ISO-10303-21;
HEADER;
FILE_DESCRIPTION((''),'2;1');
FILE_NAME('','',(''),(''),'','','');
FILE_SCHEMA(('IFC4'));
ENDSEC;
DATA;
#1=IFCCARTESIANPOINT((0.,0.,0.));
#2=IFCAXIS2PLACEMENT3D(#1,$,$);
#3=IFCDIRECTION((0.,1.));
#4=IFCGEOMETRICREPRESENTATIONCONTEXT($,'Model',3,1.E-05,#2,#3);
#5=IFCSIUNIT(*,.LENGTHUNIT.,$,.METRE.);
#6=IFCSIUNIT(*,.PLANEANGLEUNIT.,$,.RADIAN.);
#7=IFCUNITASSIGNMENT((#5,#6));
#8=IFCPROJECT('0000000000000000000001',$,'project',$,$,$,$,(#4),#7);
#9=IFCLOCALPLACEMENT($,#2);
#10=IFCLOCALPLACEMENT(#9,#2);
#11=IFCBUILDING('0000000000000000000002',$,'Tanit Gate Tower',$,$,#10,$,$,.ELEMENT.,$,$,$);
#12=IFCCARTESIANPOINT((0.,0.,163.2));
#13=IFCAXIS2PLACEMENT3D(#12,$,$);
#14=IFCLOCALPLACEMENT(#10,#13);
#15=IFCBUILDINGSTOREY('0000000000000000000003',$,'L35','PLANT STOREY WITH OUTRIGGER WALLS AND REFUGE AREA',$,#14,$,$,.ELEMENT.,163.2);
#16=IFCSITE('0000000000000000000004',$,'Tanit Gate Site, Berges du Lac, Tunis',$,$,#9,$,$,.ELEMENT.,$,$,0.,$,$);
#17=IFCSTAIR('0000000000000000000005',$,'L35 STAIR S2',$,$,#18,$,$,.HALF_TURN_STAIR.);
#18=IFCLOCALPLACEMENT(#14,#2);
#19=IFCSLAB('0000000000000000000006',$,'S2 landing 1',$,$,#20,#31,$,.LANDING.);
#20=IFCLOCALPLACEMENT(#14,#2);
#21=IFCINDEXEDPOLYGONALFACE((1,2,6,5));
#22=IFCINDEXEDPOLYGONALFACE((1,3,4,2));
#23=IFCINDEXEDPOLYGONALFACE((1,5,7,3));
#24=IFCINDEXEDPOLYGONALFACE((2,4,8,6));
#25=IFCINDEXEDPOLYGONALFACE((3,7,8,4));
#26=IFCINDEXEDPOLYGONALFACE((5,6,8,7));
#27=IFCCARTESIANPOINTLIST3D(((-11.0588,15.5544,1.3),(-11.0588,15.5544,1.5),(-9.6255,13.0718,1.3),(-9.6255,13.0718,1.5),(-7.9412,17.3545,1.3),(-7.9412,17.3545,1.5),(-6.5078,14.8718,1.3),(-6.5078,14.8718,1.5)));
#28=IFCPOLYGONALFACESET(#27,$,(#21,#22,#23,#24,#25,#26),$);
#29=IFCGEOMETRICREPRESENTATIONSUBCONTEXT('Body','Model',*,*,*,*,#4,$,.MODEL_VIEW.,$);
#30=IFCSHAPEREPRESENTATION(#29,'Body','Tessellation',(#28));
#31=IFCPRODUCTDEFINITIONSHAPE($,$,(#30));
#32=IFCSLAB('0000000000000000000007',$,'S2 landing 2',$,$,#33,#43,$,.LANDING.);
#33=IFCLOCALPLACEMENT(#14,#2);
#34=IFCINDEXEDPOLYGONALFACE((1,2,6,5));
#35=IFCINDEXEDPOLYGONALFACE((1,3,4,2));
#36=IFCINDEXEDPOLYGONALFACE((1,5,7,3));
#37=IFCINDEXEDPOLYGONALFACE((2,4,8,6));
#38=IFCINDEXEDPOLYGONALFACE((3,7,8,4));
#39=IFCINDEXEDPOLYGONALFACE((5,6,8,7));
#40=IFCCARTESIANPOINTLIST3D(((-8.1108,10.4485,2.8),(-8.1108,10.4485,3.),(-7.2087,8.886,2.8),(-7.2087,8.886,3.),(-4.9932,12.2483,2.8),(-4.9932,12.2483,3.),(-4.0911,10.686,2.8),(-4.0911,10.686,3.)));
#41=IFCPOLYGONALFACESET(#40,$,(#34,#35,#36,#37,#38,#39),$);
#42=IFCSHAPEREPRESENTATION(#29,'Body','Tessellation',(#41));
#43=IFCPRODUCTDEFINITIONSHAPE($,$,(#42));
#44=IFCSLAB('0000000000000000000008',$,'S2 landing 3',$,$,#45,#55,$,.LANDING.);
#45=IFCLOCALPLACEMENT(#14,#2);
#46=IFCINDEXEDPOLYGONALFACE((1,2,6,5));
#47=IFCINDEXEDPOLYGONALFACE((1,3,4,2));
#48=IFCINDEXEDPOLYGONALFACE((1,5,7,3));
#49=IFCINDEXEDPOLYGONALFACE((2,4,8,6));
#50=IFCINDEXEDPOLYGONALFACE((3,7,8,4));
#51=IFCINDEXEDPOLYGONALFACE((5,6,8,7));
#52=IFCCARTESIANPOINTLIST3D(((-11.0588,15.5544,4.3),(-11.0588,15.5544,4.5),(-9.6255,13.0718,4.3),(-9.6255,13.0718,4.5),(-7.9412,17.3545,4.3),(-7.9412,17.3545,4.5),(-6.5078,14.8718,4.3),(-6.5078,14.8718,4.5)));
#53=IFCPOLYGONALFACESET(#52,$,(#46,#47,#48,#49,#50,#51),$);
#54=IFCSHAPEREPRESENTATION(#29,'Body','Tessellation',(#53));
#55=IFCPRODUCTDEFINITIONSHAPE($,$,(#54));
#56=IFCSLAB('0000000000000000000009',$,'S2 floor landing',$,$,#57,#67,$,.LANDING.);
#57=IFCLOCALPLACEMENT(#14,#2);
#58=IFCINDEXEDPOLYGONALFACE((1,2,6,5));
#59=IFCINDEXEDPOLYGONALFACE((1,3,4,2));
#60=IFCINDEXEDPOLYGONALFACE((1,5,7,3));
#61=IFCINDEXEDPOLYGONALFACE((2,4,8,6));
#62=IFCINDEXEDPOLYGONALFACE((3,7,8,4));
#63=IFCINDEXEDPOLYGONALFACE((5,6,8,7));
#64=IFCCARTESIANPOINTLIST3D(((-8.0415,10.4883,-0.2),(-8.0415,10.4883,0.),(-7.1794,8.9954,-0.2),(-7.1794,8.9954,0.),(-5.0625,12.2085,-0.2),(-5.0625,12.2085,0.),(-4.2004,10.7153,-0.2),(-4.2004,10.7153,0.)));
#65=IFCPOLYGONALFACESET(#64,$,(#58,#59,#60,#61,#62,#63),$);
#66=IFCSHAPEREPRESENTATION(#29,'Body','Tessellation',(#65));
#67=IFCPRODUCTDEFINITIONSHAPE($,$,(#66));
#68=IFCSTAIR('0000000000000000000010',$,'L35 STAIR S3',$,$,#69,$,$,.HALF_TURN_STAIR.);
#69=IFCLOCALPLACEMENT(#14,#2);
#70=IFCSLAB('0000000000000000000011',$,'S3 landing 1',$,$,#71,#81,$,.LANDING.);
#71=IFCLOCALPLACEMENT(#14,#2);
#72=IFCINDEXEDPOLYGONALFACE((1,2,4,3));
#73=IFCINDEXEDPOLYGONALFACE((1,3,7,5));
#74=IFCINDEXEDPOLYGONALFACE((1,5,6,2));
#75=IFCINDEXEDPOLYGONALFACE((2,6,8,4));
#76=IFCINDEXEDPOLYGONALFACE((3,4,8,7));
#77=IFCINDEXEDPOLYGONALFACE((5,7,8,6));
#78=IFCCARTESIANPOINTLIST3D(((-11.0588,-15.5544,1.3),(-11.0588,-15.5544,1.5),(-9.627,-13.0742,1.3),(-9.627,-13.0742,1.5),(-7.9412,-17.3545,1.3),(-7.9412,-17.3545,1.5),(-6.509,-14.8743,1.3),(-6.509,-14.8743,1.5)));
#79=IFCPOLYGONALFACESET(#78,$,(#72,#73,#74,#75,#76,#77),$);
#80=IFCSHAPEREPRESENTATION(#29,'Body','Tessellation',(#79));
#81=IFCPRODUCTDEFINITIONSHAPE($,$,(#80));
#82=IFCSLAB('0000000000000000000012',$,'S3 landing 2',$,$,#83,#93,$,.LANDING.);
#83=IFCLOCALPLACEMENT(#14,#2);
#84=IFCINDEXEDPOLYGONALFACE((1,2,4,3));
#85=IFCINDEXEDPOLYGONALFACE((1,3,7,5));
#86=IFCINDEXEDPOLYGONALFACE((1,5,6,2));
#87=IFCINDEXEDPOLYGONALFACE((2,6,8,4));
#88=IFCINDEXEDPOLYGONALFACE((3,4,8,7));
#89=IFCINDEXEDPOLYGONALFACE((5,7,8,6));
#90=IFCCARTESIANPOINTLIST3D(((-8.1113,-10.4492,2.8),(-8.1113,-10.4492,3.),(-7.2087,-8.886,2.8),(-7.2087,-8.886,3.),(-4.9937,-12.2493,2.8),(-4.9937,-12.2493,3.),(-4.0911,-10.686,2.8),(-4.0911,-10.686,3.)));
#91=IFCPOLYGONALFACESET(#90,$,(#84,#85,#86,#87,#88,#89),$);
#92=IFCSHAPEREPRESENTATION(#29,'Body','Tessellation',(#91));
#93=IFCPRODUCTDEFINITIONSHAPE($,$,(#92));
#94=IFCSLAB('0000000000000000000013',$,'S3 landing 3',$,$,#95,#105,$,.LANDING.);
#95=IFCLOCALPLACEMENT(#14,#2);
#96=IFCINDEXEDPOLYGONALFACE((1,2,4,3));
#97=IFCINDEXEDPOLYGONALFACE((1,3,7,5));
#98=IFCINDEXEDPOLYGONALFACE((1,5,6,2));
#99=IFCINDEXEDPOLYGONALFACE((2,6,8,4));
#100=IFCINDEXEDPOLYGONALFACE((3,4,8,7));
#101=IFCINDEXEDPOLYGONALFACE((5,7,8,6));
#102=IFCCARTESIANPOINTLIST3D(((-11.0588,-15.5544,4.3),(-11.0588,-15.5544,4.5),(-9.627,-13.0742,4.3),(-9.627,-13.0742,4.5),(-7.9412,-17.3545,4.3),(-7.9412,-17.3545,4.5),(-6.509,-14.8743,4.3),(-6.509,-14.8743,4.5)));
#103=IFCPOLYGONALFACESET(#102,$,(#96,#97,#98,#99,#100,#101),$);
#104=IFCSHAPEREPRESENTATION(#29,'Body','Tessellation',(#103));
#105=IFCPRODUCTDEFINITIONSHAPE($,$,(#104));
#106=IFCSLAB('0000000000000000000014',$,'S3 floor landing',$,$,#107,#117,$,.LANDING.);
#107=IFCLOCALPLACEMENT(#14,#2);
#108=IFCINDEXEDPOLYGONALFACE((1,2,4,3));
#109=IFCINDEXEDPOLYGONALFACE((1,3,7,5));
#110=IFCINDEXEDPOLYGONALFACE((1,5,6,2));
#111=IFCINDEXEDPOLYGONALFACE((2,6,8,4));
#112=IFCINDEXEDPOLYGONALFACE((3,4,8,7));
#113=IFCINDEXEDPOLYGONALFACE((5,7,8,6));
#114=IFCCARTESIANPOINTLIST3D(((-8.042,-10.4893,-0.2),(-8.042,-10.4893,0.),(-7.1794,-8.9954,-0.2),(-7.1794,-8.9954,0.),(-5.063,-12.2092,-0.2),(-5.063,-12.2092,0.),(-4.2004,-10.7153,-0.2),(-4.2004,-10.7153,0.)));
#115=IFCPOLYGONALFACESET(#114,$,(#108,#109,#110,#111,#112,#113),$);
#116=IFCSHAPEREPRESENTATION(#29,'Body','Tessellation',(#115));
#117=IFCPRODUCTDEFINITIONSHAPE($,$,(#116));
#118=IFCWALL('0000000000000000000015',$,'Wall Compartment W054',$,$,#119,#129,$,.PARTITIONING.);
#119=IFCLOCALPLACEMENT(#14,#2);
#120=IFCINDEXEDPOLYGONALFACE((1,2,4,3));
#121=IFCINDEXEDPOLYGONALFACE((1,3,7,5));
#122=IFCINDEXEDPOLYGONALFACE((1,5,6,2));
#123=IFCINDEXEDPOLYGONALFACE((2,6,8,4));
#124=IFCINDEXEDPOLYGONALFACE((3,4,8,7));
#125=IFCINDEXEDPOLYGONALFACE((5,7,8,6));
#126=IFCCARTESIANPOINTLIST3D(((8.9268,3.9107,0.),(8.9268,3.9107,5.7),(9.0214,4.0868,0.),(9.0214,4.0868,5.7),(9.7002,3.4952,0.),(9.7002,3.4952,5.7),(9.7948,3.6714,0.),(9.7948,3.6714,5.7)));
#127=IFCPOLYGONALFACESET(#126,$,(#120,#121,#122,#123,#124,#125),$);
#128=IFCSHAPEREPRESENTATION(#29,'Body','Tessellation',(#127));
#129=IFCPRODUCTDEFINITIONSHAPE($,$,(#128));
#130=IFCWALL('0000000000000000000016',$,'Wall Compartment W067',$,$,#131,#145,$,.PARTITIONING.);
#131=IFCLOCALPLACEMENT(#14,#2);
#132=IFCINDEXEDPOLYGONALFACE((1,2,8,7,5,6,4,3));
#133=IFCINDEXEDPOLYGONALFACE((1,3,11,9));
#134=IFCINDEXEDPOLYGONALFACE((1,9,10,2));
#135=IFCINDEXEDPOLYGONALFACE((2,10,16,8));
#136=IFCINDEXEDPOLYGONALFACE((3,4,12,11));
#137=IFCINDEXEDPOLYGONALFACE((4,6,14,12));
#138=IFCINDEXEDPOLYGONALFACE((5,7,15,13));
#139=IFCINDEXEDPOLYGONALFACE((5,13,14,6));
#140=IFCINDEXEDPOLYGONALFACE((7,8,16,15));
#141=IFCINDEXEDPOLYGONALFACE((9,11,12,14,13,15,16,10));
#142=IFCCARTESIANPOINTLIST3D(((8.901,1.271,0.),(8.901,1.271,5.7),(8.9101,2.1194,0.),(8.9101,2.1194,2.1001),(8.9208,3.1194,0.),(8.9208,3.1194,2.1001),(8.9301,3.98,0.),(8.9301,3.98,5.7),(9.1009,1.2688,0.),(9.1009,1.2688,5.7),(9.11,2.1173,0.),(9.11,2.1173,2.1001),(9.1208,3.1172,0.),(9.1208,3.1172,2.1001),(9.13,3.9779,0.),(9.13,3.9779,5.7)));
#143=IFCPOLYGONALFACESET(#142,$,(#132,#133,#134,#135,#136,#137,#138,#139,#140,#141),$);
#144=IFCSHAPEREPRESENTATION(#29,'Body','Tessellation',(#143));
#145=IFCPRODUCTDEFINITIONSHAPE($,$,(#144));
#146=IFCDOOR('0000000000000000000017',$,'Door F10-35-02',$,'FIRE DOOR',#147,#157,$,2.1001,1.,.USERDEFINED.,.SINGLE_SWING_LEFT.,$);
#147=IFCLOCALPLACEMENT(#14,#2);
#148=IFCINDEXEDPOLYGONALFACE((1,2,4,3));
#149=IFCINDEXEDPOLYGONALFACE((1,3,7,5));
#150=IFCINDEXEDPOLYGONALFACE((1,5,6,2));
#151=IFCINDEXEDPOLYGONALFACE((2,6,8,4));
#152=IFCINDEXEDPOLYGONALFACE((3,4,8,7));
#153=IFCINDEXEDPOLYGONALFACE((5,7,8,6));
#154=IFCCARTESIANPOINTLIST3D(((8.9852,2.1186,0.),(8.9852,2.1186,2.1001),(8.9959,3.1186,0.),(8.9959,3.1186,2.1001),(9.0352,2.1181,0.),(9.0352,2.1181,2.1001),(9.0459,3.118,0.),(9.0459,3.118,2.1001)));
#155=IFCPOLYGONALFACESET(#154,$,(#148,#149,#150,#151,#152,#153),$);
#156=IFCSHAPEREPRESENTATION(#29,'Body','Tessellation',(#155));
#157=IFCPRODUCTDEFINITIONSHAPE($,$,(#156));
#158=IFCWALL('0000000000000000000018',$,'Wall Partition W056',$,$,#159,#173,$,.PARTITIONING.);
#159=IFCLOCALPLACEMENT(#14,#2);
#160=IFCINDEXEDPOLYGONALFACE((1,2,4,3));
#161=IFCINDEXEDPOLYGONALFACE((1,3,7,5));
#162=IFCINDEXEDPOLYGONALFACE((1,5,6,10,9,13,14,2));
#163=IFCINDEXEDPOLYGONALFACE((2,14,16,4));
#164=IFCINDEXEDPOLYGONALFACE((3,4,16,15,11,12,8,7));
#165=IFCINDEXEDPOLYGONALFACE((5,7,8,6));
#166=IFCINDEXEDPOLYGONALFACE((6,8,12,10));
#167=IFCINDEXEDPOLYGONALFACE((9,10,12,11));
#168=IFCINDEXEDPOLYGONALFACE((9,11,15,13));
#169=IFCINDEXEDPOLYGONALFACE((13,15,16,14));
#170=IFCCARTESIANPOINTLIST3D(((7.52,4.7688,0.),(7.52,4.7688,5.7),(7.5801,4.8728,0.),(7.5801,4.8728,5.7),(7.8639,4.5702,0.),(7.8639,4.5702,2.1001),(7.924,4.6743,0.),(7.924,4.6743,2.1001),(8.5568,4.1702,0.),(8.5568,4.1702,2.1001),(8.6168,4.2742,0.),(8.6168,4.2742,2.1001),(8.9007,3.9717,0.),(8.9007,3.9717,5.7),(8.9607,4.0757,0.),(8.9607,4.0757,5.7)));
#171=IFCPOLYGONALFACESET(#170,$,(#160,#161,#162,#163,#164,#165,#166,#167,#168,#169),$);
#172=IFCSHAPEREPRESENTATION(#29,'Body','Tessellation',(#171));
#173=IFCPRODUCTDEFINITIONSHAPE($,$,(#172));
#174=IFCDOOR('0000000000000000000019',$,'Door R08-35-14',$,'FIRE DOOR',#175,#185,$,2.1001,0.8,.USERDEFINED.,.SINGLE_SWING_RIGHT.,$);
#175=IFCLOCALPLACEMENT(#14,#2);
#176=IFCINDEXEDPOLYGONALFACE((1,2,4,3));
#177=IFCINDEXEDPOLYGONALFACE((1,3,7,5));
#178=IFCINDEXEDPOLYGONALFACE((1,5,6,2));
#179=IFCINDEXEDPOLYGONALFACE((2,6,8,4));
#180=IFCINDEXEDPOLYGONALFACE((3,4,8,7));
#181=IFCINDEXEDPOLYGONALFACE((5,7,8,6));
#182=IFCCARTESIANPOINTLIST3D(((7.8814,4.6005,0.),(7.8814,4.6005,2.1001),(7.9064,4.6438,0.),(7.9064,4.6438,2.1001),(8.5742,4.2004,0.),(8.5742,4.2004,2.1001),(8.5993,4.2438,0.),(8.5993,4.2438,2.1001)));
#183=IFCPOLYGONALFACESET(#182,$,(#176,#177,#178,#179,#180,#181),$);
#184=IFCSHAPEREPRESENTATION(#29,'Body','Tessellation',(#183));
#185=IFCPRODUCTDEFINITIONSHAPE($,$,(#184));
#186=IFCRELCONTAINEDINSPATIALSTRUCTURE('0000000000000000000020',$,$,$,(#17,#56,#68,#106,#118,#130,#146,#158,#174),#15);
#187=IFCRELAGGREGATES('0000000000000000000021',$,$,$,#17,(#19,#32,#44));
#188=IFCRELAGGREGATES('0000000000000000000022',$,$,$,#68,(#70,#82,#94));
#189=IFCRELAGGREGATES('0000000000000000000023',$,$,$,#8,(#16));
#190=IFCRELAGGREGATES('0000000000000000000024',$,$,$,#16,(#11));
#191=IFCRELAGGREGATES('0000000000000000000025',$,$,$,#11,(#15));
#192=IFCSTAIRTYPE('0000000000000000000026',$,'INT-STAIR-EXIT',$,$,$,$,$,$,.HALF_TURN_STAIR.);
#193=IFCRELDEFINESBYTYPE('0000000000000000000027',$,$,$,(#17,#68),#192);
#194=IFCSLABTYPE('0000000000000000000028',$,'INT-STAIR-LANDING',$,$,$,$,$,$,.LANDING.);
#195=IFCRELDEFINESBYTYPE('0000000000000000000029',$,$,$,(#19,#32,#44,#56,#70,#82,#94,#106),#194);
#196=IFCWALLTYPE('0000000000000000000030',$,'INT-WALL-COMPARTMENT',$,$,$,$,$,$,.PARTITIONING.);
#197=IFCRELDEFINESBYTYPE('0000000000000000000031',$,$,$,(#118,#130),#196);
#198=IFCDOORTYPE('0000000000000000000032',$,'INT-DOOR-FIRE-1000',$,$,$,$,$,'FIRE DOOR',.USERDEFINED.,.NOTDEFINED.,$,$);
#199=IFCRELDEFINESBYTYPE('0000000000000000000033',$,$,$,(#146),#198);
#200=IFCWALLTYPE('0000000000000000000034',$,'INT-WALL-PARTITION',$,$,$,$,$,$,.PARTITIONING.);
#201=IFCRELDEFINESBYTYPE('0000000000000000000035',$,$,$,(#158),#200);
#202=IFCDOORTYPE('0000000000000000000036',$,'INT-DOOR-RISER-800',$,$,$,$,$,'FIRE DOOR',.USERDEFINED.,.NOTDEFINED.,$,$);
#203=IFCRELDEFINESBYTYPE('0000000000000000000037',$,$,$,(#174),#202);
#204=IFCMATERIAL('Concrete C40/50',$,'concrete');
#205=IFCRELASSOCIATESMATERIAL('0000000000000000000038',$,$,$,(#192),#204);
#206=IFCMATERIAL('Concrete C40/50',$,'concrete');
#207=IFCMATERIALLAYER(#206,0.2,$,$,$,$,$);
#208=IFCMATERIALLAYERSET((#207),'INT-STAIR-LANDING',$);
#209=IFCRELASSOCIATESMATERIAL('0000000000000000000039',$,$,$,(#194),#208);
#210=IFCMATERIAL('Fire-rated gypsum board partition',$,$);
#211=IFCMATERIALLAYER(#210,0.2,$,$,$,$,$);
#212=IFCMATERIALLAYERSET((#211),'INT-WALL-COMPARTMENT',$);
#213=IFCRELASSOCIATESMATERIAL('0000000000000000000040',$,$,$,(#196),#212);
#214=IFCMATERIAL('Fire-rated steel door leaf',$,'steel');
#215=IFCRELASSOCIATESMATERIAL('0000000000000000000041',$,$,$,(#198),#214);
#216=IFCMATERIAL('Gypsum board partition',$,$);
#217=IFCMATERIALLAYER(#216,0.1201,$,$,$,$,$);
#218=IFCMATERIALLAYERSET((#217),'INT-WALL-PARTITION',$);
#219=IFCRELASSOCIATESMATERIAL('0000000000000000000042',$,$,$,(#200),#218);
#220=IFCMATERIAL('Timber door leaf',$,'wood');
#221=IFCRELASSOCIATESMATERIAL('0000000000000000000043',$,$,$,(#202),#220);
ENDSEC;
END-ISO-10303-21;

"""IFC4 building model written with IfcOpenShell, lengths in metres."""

from ifc_helpers import new_model, si_unit, direction, frame, frame_2d, origin, place, context, subcontext, project, spatial, polyline, rectangle, outline, extrude, material, layer, layer_set, type_object, element, fill, aggregate, save


model = new_model("IFC4")

# Units and contexts
model_context = context("Model", 3, precision=1e-05, world=origin(), true_north=direction((0.0, 1.0)))
body_context = subcontext(model_context, "Body", "Model", "MODEL_VIEW")
ifc_project = project(units=[si_unit("LENGTHUNIT", "METRE"), si_unit("PLANEANGLEUNIT", "RADIAN")], contexts=[model_context])

# Site, building, storey
site_placement = place(None, origin())
site = spatial("IfcSite", under=ifc_project, at=site_placement, Name="Tanit Gate Site, Berges du Lac, Tunis", CompositionType="ELEMENT", RefElevation=0.0)
building_placement = place(site_placement, origin())
building = spatial("IfcBuilding", under=site, at=building_placement, Name="Tanit Gate Tower", CompositionType="ELEMENT")
storey_placement = place(building_placement, frame((0.0, 0.0, 163.2)))
storey = spatial("IfcBuildingStorey", under=building, at=storey_placement, Name="L35", Description="PLANT STOREY WITH OUTRIGGER WALLS AND REFUGE AREA", CompositionType="ELEMENT", Elevation=163.2)

# Stair, slabs
ifc_material_1 = material(Name="Concrete C40/50", Category="concrete")
stair_type = type_object("IfcStairType", Name="INT-STAIR-EXIT", PredefinedType="HALF_TURN_STAIR", material=ifc_material_1)
stair_1_placement = place(storey_placement, origin())
stair_1 = element("IfcStair", 1, at=stair_1_placement, inside=storey, type_object=stair_type, Name="L35 STAIR S2", PredefinedType="HALF_TURN_STAIR")
ifc_material_2 = material(Name="Concrete C40/50", Category="concrete")
ifc_layer_1 = layer(ifc_material_2, 0.2)
ifc_layer_set_1 = layer_set([ifc_layer_1], Name="INT-STAIR-LANDING")
slab_type = type_object("IfcSlabType", Name="INT-STAIR-LANDING", PredefinedType="LANDING", material=ifc_layer_set_1)
slab_1_placement = place(storey_placement, frame((0.0, 0.0, 1.3)))
slab_1 = element("IfcSlab", 2, at=slab_1_placement, type_object=slab_type, Name="S2 landing 1", PredefinedType="LANDING", context=body_context, shape_type="SweptSolid", body=[
    extrude(outline(polyline([(-6.5078, 14.8718), (-7.9412, 17.3545), (-11.0588, 15.5544), (-9.6255, 13.0718), (-6.5078, 14.8718)])), origin(), (0.0, 0.0, 1.0), 0.2),
])
slab_2_placement = place(storey_placement, frame((0.0, 0.0, 2.8)))
slab_2 = element("IfcSlab", 3, at=slab_2_placement, type_object=slab_type, Name="S2 landing 2", PredefinedType="LANDING", context=body_context, shape_type="SweptSolid", body=[
    extrude(outline(polyline([(-4.0911, 10.686), (-4.9932, 12.2483), (-8.1108, 10.4485), (-7.2087, 8.886), (-4.0911, 10.686)])), origin(), (0.0, 0.0, 1.0), 0.2),
])
slab_3_placement = place(storey_placement, frame((0.0, 0.0, 4.3)))
slab_3 = element("IfcSlab", 4, at=slab_3_placement, type_object=slab_type, Name="S2 landing 3", PredefinedType="LANDING", context=body_context, shape_type="SweptSolid", body=[
    extrude(outline(polyline([(-6.5078, 14.8718), (-7.9412, 17.3545), (-11.0588, 15.5544), (-9.6255, 13.0718), (-6.5078, 14.8718)])), origin(), (0.0, 0.0, 1.0), 0.2),
])
aggregate(stair_1, [slab_1, slab_2, slab_3])

# Slab
slab_4_placement = place(storey_placement, frame((0.0, 0.0, -0.2)))
element("IfcSlab", 5, at=slab_4_placement, inside=storey, type_object=slab_type, Name="S2 floor landing", PredefinedType="LANDING", context=body_context, shape_type="SweptSolid", body=[
    extrude(outline(polyline([(-4.2004, 10.7153), (-5.0625, 12.2085), (-8.0415, 10.4883), (-7.1794, 8.9954), (-4.2004, 10.7153)])), origin(), (0.0, 0.0, 1.0), 0.2),
])

# Stair, slabs
stair_2_placement = place(storey_placement, origin())
stair_2 = element("IfcStair", 6, at=stair_2_placement, inside=storey, type_object=stair_type, Name="L35 STAIR S3", PredefinedType="HALF_TURN_STAIR")
slab_5_placement = place(storey_placement, frame((0.0, 0.0, 1.3)))
slab_5 = element("IfcSlab", 7, at=slab_5_placement, type_object=slab_type, Name="S3 landing 1", PredefinedType="LANDING", context=body_context, shape_type="SweptSolid", body=[
    extrude(outline(polyline([(-9.627, -13.0742), (-11.0588, -15.5544), (-7.9412, -17.3545), (-6.509, -14.8743), (-9.627, -13.0742)])), origin(), (0.0, 0.0, 1.0), 0.2),
])
slab_6_placement = place(storey_placement, frame((0.0, 0.0, 2.8)))
slab_6 = element("IfcSlab", 8, at=slab_6_placement, type_object=slab_type, Name="S3 landing 2", PredefinedType="LANDING", context=body_context, shape_type="SweptSolid", body=[
    extrude(outline(polyline([(-7.2087, -8.886), (-8.1113, -10.4492), (-4.9937, -12.2493), (-4.0911, -10.686), (-7.2087, -8.886)])), origin(), (0.0, 0.0, 1.0), 0.2),
])
slab_7_placement = place(storey_placement, frame((0.0, 0.0, 4.3)))
slab_7 = element("IfcSlab", 9, at=slab_7_placement, type_object=slab_type, Name="S3 landing 3", PredefinedType="LANDING", context=body_context, shape_type="SweptSolid", body=[
    extrude(outline(polyline([(-9.627, -13.0742), (-11.0588, -15.5544), (-7.9412, -17.3545), (-6.509, -14.8743), (-9.627, -13.0742)])), origin(), (0.0, 0.0, 1.0), 0.2),
])
aggregate(stair_2, [slab_5, slab_6, slab_7])

# Slab
slab_8_placement = place(storey_placement, frame((0.0, 0.0, -0.2)))
element("IfcSlab", 10, at=slab_8_placement, inside=storey, type_object=slab_type, Name="S3 floor landing", PredefinedType="LANDING", context=body_context, shape_type="SweptSolid", body=[
    extrude(outline(polyline([(-7.1794, -8.9954), (-8.042, -10.4893), (-5.063, -12.2092), (-4.2004, -10.7153), (-7.1794, -8.9954)])), origin(), (0.0, 0.0, 1.0), 0.2),
])

# Wall
ifc_material_3 = material(Name="Fire-rated gypsum board partition")
ifc_layer_2 = layer(ifc_material_3, 0.2)
ifc_layer_set_2 = layer_set([ifc_layer_2], Name="INT-WALL-COMPARTMENT")
wall_type_1 = type_object("IfcWallType", Name="INT-WALL-COMPARTMENT", PredefinedType="PARTITIONING", material=ifc_layer_set_2)
wall_1_placement = place(storey_placement, frame((8.9741, 3.9988, 0.0), z_axis=(0.0, 0.0, 1.0), x_axis=(0.880917, -0.473271, 0.0)))
element("IfcWall", 11, at=wall_1_placement, inside=storey, type_object=wall_type_1, Name="Wall Compartment W054", PredefinedType="PARTITIONING", context=body_context, shape_type="SweptSolid", body=[
    extrude(rectangle(XDim=0.8779, YDim=0.2, at=frame_2d((0.439, 0.0))), origin(), (0.0, 0.0, 1.0), 5.7),
])

# Walls, openings, doors
wall_2_placement = place(storey_placement, frame((9.001, 1.27, 0.0), z_axis=(0.0, 0.0, 1.0), x_axis=(0.010724, 0.999942, 0.0)))
wall_2 = element("IfcWall", 12, at=wall_2_placement, inside=storey, type_object=wall_type_1, Name="Wall Compartment W067", PredefinedType="PARTITIONING", context=body_context, shape_type="SweptSolid", body=[
    extrude(rectangle(XDim=2.7092, YDim=0.2, at=frame_2d((1.3545, 0.0))), origin(), (0.0, 0.0, 1.0), 5.7),
])
opening_1_placement = place(wall_2_placement, frame((0.8484, 0.0, 0.0)))
opening_1 = element("IfcOpeningElement", 13, at=opening_1_placement, cuts=wall_2, PredefinedType="OPENING", context=body_context, shape_type="SweptSolid", body=[
    extrude(rectangle(XDim=1.0, YDim=2.1001, at=frame_2d((0.5, 1.05))), frame((0.0, 0.1099, 0.0), z_axis=(0.0, -1.0, 0.0), x_axis=(1.0, 0.0, 0.0)), (0.0, 0.0, 1.0), 0.22),
])
ifc_material_4 = material(Name="Fire-rated steel door leaf", Category="steel")
door_type_1 = type_object("IfcDoorType", Name="INT-DOOR-FIRE-1000", ElementType="FIRE DOOR", OperationType="NOTDEFINED", PredefinedType="USERDEFINED", material=ifc_material_4)
door_1_placement = place(opening_1_placement, origin())
door_1 = element("IfcDoor", 14, at=door_1_placement, inside=storey, type_object=door_type_1, Name="Door F10-35-02", ObjectType="FIRE DOOR", OperationType="SINGLE_SWING_LEFT", OverallHeight=2.1001, OverallWidth=1.0, PredefinedType="USERDEFINED", context=body_context, shape_type="SweptSolid", body=[
    extrude(rectangle(XDim=1.0, YDim=2.1001, at=frame_2d((0.5, 1.05))), frame((0.0, 0.0249, 0.0), z_axis=(0.0, -1.0, 0.0), x_axis=(1.0, 0.0, 0.0)), (0.0, 0.0, 1.0), 0.05),
])
fill(opening_1, door_1)
ifc_material_5 = material(Name="Gypsum board partition")
ifc_layer_3 = layer(ifc_material_5, 0.1201)
ifc_layer_set_3 = layer_set([ifc_layer_3], Name="INT-WALL-PARTITION")
wall_type_2 = type_object("IfcWallType", Name="INT-WALL-PARTITION", PredefinedType="PARTITIONING", material=ifc_layer_set_3)
wall_3_placement = place(storey_placement, frame((7.55, 4.8208, 0.0), z_axis=(0.0, 0.0, 1.0), x_axis=(0.86602, -0.50001, 0.0)))
wall_3 = element("IfcWall", 15, at=wall_3_placement, inside=storey, type_object=wall_type_2, Name="Wall Partition W056", PredefinedType="PARTITIONING", context=body_context, shape_type="SweptSolid", body=[
    extrude(rectangle(XDim=1.5942, YDim=0.1201, at=frame_2d((0.7971, 0.0))), origin(), (0.0, 0.0, 1.0), 5.7),
])
opening_2_placement = place(wall_3_placement, frame((0.3972, 0.0, 0.0)))
opening_2 = element("IfcOpeningElement", 16, at=opening_2_placement, cuts=wall_3, PredefinedType="OPENING", context=body_context, shape_type="SweptSolid", body=[
    extrude(rectangle(XDim=0.8, YDim=2.1001, at=frame_2d((0.3999, 1.05))), frame((0.0, 0.0701, 0.0), z_axis=(0.0, -1.0, 0.0), x_axis=(1.0, 0.0, 0.0)), (0.0, 0.0, 1.0), 0.1401),
])
ifc_material_6 = material(Name="Timber door leaf", Category="wood")
door_type_2 = type_object("IfcDoorType", Name="INT-DOOR-RISER-800", ElementType="FIRE DOOR", OperationType="NOTDEFINED", PredefinedType="USERDEFINED", material=ifc_material_6)
door_2_placement = place(opening_2_placement, origin())
door_2 = element("IfcDoor", 17, at=door_2_placement, inside=storey, type_object=door_type_2, Name="Door R08-35-14", ObjectType="FIRE DOOR", OperationType="SINGLE_SWING_RIGHT", OverallHeight=2.1001, OverallWidth=0.8, PredefinedType="USERDEFINED", context=body_context, shape_type="SweptSolid", body=[
    extrude(rectangle(XDim=0.8, YDim=2.1001, at=frame_2d((0.3999, 1.05))), frame((0.0, 0.0249, 0.0), z_axis=(0.0, -1.0, 0.0), x_axis=(1.0, 0.0, 0.0)), (0.0, 0.0, 1.0), 0.05),
])
fill(opening_2, door_2)

save(model, "model.ifc")
